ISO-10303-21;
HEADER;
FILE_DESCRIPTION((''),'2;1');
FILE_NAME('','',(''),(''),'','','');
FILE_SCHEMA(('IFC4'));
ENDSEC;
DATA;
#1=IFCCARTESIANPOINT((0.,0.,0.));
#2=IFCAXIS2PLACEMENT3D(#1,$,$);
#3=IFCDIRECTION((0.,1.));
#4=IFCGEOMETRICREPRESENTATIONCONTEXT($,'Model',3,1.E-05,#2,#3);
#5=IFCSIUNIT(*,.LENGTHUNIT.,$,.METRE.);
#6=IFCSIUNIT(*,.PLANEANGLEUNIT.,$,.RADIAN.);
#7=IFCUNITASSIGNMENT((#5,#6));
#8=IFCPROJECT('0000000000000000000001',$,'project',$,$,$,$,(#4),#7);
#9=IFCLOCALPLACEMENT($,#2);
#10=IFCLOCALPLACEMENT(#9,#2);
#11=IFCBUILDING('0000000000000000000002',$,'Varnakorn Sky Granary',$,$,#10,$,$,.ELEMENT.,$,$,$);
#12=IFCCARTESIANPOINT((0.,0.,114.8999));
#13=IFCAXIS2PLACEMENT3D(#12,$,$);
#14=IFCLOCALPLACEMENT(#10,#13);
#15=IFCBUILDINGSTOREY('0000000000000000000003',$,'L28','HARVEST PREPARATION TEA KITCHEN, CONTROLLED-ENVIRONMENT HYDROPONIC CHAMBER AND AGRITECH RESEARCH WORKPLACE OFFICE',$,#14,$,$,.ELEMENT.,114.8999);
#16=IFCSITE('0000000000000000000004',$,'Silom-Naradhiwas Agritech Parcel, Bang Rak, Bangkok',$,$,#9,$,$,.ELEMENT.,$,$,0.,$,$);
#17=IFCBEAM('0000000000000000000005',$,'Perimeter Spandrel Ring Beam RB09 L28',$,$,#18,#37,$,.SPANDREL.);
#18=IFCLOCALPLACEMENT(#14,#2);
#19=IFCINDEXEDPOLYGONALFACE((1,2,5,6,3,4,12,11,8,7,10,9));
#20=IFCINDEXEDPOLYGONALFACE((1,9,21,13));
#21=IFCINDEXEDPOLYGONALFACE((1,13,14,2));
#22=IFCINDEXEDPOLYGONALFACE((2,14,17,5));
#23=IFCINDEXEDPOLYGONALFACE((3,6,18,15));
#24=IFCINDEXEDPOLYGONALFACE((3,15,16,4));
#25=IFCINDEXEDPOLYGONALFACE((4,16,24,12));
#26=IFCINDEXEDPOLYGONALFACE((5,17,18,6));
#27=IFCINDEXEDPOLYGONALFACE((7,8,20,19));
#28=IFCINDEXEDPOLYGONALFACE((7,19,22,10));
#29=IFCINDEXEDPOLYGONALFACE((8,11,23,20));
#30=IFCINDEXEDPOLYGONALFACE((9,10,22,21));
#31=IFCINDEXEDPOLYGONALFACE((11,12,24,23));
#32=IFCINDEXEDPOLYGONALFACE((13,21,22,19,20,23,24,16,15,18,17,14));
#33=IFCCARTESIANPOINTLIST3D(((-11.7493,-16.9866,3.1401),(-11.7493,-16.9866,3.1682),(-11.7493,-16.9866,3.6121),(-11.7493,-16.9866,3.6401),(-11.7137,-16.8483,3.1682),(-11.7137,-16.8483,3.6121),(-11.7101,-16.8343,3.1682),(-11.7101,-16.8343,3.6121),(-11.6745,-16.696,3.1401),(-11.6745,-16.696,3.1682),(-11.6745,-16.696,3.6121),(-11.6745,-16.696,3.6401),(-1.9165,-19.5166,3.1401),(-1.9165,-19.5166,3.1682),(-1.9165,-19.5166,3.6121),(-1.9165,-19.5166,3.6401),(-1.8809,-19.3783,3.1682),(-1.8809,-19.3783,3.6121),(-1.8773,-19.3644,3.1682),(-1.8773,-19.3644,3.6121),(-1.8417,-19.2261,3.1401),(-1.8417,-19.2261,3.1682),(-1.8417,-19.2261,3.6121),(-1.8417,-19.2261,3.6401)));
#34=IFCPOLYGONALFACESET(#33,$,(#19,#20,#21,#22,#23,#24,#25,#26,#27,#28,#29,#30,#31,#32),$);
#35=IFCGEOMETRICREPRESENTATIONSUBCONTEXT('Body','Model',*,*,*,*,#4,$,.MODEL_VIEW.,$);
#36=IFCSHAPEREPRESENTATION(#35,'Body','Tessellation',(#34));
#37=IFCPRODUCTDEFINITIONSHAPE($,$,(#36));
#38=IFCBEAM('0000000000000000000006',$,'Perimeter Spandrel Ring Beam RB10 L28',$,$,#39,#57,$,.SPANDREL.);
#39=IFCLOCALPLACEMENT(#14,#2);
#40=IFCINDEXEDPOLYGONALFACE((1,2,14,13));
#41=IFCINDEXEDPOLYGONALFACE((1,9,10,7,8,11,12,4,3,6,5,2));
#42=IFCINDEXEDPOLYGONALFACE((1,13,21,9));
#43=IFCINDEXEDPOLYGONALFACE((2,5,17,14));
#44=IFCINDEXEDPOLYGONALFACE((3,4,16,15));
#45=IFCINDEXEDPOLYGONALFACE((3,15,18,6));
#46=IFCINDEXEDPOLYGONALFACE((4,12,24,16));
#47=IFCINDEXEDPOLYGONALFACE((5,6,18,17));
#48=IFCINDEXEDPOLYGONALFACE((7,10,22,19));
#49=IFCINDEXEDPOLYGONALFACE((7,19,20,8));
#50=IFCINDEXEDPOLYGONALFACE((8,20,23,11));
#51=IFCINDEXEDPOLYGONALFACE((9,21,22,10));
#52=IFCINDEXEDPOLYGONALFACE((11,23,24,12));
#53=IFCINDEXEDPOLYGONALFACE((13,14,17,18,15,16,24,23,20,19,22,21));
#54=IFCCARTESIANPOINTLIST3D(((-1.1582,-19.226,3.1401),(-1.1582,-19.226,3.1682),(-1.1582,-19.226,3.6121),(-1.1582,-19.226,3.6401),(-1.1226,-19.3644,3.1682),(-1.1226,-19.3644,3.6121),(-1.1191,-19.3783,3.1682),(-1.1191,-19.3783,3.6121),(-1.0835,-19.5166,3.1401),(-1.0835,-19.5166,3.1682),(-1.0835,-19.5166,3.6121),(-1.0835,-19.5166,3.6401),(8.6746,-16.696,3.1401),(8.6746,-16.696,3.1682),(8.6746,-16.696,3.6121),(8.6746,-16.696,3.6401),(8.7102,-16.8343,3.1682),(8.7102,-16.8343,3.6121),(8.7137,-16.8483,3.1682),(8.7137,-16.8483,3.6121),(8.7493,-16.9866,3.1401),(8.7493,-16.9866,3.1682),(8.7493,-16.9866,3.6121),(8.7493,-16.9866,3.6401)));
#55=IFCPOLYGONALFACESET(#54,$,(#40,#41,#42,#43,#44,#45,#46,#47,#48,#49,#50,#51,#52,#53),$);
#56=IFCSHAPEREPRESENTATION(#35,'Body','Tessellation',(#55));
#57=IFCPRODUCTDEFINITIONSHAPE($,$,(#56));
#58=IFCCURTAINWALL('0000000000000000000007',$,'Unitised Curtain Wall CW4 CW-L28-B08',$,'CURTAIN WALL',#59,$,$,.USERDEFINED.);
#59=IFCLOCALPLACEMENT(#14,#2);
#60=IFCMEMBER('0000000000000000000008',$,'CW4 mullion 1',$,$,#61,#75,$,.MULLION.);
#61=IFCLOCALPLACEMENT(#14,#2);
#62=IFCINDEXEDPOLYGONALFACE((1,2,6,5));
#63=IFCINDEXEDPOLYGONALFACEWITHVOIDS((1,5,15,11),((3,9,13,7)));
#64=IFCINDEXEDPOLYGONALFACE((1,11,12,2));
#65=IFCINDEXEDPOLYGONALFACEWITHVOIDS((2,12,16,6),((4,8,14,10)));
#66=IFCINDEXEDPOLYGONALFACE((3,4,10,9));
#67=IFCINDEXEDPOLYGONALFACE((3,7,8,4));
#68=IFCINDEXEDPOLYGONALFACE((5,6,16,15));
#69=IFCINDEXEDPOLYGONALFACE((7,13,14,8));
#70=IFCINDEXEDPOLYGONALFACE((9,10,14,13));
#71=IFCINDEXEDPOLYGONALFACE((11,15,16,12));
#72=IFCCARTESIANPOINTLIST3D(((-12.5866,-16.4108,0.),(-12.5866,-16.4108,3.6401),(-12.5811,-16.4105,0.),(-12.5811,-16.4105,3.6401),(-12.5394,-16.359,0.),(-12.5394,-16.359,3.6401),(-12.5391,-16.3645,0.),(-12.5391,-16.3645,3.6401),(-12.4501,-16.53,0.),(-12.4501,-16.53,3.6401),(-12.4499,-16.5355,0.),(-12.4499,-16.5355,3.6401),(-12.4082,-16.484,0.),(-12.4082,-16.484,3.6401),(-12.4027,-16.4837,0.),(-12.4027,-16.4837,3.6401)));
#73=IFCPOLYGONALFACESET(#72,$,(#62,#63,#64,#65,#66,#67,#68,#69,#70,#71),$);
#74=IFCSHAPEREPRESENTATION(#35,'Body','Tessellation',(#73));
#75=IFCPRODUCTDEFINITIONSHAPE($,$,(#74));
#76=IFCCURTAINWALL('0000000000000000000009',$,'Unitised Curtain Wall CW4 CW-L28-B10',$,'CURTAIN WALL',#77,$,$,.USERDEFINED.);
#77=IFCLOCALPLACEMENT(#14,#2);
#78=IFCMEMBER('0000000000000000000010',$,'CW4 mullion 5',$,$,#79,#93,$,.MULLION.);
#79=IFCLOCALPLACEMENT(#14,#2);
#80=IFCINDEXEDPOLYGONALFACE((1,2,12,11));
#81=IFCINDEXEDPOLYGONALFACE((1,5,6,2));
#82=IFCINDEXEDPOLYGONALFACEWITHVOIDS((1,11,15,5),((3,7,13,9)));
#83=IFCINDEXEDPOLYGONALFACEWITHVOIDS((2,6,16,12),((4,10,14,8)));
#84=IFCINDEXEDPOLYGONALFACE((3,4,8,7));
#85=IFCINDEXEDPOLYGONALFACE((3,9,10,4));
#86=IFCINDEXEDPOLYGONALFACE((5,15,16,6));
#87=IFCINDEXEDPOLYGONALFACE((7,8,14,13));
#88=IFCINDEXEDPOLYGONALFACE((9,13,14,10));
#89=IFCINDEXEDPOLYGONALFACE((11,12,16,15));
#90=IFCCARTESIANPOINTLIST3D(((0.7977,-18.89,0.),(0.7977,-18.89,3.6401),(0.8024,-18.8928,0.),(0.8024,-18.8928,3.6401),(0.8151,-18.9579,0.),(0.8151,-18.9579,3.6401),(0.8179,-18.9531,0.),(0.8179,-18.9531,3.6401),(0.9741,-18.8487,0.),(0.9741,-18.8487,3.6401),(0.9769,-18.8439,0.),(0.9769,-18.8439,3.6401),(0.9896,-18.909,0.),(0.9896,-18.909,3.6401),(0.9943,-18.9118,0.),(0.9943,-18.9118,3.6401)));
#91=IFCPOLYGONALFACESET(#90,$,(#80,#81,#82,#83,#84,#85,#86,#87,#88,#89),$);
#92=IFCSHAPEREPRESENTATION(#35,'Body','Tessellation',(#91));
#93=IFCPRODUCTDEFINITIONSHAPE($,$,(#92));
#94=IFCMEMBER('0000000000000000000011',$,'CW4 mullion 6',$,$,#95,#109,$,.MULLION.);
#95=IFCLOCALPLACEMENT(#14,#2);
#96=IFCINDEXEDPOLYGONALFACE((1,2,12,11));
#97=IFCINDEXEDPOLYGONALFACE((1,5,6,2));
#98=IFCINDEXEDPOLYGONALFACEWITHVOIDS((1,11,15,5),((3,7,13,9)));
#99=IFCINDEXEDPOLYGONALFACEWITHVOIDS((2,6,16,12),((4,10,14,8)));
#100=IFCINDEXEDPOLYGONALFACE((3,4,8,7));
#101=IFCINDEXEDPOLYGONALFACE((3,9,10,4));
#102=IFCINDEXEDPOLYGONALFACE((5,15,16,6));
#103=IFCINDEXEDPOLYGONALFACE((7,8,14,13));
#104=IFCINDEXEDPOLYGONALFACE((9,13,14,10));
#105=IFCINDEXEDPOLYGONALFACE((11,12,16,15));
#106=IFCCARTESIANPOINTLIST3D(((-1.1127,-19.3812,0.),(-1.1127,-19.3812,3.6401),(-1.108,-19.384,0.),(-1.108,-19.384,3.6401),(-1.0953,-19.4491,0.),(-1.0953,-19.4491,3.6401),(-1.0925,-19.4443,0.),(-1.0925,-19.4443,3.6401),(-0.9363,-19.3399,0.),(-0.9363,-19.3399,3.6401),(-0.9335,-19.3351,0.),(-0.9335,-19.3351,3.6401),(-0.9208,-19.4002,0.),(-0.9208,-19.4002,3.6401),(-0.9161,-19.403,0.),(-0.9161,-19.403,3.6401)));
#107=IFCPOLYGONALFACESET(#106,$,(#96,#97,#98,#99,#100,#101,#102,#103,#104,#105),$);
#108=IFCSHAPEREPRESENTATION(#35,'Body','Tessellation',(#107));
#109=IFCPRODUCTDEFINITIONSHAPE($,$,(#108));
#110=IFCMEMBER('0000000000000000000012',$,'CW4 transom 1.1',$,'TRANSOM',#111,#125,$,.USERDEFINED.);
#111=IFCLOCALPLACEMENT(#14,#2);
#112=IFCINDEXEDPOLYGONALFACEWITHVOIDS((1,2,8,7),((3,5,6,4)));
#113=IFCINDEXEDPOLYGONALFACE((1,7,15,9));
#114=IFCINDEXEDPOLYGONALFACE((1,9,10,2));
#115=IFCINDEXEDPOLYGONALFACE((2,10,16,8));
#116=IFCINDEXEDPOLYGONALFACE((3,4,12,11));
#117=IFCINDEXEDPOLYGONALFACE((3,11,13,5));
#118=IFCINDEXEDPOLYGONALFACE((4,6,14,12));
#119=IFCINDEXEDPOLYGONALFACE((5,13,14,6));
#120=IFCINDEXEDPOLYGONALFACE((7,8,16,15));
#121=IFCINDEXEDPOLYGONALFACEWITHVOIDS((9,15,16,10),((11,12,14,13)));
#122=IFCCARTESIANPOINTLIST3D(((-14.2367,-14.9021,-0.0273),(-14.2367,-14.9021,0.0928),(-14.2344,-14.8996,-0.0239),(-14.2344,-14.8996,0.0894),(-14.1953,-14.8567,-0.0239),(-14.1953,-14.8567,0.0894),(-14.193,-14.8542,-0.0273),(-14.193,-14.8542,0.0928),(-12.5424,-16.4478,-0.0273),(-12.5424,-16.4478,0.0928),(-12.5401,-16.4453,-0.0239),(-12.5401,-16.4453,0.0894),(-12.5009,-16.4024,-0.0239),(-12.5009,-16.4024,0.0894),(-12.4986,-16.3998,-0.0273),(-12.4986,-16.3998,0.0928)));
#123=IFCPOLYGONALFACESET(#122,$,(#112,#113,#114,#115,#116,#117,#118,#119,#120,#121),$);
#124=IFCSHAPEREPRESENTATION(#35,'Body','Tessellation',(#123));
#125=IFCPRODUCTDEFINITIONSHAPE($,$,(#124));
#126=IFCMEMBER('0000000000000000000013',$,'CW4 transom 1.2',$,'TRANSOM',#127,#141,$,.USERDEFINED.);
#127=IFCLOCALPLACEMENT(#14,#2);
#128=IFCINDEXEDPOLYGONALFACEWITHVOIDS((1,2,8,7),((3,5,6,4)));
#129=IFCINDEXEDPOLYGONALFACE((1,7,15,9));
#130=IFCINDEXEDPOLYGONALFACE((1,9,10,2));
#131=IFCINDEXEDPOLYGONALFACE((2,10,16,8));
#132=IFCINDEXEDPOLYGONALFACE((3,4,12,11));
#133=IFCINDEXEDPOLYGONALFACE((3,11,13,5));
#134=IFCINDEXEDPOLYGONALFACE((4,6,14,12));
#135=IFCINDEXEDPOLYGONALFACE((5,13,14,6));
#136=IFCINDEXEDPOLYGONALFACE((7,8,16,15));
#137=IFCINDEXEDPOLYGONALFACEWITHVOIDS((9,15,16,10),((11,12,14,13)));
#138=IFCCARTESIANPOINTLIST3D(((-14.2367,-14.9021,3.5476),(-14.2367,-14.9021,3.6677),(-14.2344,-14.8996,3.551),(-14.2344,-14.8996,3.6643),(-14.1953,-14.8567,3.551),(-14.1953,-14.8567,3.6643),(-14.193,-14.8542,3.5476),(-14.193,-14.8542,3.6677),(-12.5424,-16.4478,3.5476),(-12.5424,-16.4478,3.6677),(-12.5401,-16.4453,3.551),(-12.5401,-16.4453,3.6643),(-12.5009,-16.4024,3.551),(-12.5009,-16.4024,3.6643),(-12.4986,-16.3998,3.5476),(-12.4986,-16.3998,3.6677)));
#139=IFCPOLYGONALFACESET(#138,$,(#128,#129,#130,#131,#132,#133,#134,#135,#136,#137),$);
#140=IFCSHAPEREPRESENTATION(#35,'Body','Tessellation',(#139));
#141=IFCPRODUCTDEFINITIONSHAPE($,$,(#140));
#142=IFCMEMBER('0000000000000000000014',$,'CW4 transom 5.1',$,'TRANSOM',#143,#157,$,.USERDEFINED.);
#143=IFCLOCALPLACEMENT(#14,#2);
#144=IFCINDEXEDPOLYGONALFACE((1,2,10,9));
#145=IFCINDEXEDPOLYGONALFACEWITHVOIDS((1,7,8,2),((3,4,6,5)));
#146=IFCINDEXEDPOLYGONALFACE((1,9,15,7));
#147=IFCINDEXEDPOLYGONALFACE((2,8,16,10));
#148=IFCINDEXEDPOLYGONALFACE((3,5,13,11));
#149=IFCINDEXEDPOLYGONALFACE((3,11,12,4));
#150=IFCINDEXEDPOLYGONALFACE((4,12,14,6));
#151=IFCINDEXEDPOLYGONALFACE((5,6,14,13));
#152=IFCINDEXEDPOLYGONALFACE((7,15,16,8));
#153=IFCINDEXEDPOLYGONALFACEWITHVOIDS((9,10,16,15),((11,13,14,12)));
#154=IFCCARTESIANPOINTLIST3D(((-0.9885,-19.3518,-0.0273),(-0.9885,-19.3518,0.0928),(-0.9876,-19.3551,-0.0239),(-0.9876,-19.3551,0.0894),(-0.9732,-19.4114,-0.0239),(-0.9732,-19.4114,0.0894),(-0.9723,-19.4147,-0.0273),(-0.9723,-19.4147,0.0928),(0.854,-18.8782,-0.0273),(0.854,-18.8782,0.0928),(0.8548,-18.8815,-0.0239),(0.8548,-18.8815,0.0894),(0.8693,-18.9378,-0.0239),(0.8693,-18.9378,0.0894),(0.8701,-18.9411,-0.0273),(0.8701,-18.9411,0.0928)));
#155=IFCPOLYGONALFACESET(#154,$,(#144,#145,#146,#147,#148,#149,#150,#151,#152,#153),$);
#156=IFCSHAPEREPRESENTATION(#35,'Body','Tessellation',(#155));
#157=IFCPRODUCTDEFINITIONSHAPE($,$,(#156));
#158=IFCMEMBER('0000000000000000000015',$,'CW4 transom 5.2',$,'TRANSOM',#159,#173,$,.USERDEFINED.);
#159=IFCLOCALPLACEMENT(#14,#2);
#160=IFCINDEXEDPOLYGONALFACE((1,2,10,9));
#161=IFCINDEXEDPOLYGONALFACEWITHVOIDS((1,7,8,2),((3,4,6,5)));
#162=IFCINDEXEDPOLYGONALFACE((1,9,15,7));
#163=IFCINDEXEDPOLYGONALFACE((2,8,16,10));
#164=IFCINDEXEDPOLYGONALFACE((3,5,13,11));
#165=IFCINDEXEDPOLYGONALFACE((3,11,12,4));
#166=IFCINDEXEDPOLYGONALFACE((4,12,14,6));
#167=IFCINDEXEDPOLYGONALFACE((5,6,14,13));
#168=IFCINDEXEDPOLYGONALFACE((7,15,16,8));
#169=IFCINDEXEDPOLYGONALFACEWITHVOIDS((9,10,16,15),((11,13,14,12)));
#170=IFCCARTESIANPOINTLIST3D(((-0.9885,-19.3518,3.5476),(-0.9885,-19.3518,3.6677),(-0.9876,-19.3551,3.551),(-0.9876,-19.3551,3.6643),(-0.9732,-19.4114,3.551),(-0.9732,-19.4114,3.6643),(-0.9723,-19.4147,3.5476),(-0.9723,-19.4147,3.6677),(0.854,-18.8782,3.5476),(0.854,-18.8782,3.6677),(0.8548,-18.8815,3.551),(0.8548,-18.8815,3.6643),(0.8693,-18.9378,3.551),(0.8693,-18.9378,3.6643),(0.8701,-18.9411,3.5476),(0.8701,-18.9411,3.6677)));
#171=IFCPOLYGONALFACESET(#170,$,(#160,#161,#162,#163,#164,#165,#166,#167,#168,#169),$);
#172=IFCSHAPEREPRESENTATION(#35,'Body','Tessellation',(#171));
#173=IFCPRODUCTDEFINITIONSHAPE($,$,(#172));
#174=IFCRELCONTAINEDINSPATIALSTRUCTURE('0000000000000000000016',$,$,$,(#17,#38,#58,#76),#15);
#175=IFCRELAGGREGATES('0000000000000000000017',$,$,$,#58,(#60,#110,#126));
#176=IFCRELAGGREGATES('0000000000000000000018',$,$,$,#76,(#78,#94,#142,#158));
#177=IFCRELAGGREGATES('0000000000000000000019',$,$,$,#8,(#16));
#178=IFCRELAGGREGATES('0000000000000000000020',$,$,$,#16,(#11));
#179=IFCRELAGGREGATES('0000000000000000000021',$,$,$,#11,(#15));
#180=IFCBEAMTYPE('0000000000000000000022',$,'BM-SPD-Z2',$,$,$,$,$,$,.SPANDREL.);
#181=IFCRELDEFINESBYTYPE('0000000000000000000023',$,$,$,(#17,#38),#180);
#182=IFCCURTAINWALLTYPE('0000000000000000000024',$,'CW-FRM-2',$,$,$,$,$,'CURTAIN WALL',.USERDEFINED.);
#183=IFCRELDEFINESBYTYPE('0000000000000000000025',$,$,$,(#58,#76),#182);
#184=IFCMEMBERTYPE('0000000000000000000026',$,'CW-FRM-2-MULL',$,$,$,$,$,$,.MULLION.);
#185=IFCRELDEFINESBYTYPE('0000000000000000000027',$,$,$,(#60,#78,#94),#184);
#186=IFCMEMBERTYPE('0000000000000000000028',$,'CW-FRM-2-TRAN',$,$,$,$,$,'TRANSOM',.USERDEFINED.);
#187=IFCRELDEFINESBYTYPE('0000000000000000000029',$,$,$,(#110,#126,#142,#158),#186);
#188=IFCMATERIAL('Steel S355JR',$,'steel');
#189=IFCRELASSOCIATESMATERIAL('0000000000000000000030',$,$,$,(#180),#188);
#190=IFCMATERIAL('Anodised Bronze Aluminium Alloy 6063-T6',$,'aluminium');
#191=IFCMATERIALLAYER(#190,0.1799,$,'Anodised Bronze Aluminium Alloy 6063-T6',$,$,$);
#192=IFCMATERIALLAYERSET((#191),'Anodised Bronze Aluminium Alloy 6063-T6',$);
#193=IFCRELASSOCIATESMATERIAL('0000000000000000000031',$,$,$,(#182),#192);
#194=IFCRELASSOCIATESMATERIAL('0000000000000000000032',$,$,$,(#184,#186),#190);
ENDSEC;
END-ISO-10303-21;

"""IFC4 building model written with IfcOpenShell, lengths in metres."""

from ifc_helpers import new_model, si_unit, direction, frame, origin, origin_2d, place, context, subcontext, project, spatial, hollow_rectangle, i_section, extrude, material, layer, layer_set, material_profile, profile_set, type_object, element, aggregate, save


model = new_model("IFC4")

# Units and contexts
model_context = context("Model", 3, precision=1e-05, world=origin(), true_north=direction((0.0, 1.0)))
body_context = subcontext(model_context, "Body", "Model", "MODEL_VIEW")
ifc_project = project(units=[si_unit("LENGTHUNIT", "METRE"), si_unit("PLANEANGLEUNIT", "RADIAN")], contexts=[model_context])

# Site, building, storey
site_placement = place(None, origin())
site = spatial("IfcSite", under=ifc_project, at=site_placement, Name="Silom-Naradhiwas Agritech Parcel, Bang Rak, Bangkok", CompositionType="ELEMENT", RefElevation=0.0)
building_placement = place(site_placement, origin())
building = spatial("IfcBuilding", under=site, at=building_placement, Name="Varnakorn Sky Granary", CompositionType="ELEMENT")
storey_placement = place(building_placement, frame((0.0, 0.0, 114.8999)))
storey = spatial("IfcBuildingStorey", under=building, at=storey_placement, Name="L28", Description="HARVEST PREPARATION TEA KITCHEN, CONTROLLED-ENVIRONMENT HYDROPONIC CHAMBER AND AGRITECH RESEARCH WORKPLACE OFFICE", CompositionType="ELEMENT", Elevation=114.8999)

# Beams
ifc_material_1 = material(Name="Steel S355JR", Category="steel")
ifc_material_profile_1 = material_profile(ifc_material_1, i_section(OverallWidth=0.3, OverallDepth=0.5, WebThickness=0.0144, FlangeThickness=0.0281, at=origin_2d()), Name="HE 500 B")
ifc_profile_set_1 = profile_set([ifc_material_profile_1], Name="Steel S355JR")
beam_type_1 = type_object("IfcBeamType", Name="BM-SPD-Z2", PredefinedType="SPANDREL", material=ifc_profile_set_1)
for number, where, z_axis, x_axis, name in (
    (1, (-11.7119, -16.8413, 3.3901), (0.968455, -0.249189, 0.0), (0.249189, 0.968455, 0.0), "Perimeter Spandrel Ring Beam RB09 L28"),
    (2, (-1.1208, -19.3713, 3.3901), (0.968455, 0.249189, 0.0), (-0.249189, 0.968455, 0.0), "Perimeter Spandrel Ring Beam RB10 L28"),
):
    element("IfcBeam", number, at=place(storey_placement, frame(where, z_axis=z_axis, x_axis=x_axis)), inside=storey, type_object=beam_type_1, Name=name, PredefinedType="SPANDREL", context=body_context, shape_type="SweptSolid", body=[
        extrude(i_section(OverallWidth=0.3, OverallDepth=0.5, WebThickness=0.0144, FlangeThickness=0.0281, at=origin_2d()), origin(), (0.0, 0.0, 1.0), 10.1531),
    ])

# Curtain wall, member
ifc_material_2 = material(Name="Anodised Bronze Aluminium Alloy 6063-T6", Category="aluminium")
ifc_layer_1 = layer(ifc_material_2, 0.1799, Name="Anodised Bronze Aluminium Alloy 6063-T6")
ifc_layer_set_1 = layer_set([ifc_layer_1], Name="Anodised Bronze Aluminium Alloy 6063-T6")
curtain_wall_type = type_object("IfcCurtainWallType", Name="CW-FRM-2", ElementType="CURTAIN WALL", PredefinedType="USERDEFINED", material=ifc_layer_set_1)
curtain_wall_1_placement = place(storey_placement, origin())
curtain_wall_1 = element("IfcCurtainWall", 3, at=curtain_wall_1_placement, inside=storey, type_object=curtain_wall_type, Name="Unitised Curtain Wall CW4 CW-L28-B08", ObjectType="CURTAIN WALL", PredefinedType="USERDEFINED")
ifc_material_profile_2 = material_profile(ifc_material_2, hollow_rectangle(XDim=0.0701, YDim=0.1851, WallThickness=0.0039, at=origin_2d()), Name="ALU MULL 70x185")
ifc_profile_set_2 = profile_set([ifc_material_profile_2], Name="Anodised Bronze Aluminium Alloy 6063-T6")
member_type_1 = type_object("IfcMemberType", Name="CW-FRM-2-MULL", PredefinedType="MULLION", material=ifc_profile_set_2)
member_1_placement = place(storey_placement, frame((-12.4946, -16.4473, 0.0), z_axis=(0.0, 0.0, 1.0), x_axis=(-0.673925, -0.7388, 0.0)))
member_1 = element("IfcMember", 4, at=member_1_placement, type_object=member_type_1, Name="CW4 mullion 1", PredefinedType="MULLION", context=body_context, shape_type="SweptSolid", body=[
    extrude(hollow_rectangle(XDim=0.0701, YDim=0.1851, WallThickness=0.0039, at=origin_2d()), origin(), (0.0, 0.0, 1.0), 3.6401),
])

# Curtain wall, members
curtain_wall_2_placement = place(storey_placement, origin())
curtain_wall_2 = element("IfcCurtainWall", 5, at=curtain_wall_2_placement, inside=storey, type_object=curtain_wall_type, Name="Unitised Curtain Wall CW4 CW-L28-B10", ObjectType="CURTAIN WALL", PredefinedType="USERDEFINED")
member_2_placement = place(storey_placement, frame((0.896, -18.9009, 0.0), z_axis=(0.0, 0.0, 1.0), x_axis=(0.249019, -0.968498, 0.0)))
member_2 = element("IfcMember", 6, at=member_2_placement, type_object=member_type_1, Name="CW4 mullion 5", PredefinedType="MULLION", context=body_context, shape_type="SweptSolid", body=[
    extrude(hollow_rectangle(XDim=0.0701, YDim=0.1851, WallThickness=0.0039, at=origin_2d()), origin(), (0.0, 0.0, 1.0), 3.6401),
])
member_3_placement = place(storey_placement, frame((-1.0144, -19.3921, 0.0), z_axis=(0.0, 0.0, 1.0), x_axis=(0.249019, -0.968498, 0.0)))
member_3 = element("IfcMember", 7, at=member_3_placement, type_object=member_type_1, Name="CW4 mullion 6", PredefinedType="MULLION", context=body_context, shape_type="SweptSolid", body=[
    extrude(hollow_rectangle(XDim=0.0701, YDim=0.1851, WallThickness=0.0039, at=origin_2d()), origin(), (0.0, 0.0, 1.0), 3.6401),
])

# Members
ifc_material_profile_3 = material_profile(ifc_material_2, hollow_rectangle(XDim=0.0649, YDim=0.1201, WallThickness=0.0034, at=origin_2d()), Name="ALU TRAN 65x120")
ifc_profile_set_3 = profile_set([ifc_material_profile_3], Name="Anodised Bronze Aluminium Alloy 6063-T6")
member_type_2 = type_object("IfcMemberType", Name="CW-FRM-2-TRAN", ElementType="TRANSOM", PredefinedType="USERDEFINED", material=ifc_profile_set_3)
member_4_placement = place(storey_placement, frame((-12.5205, -16.4238, 0.0327), z_axis=(-0.738778, 0.673949, 0.0), x_axis=(-0.673949, -0.738778, 0.0)))
member_4 = element("IfcMember", 8, at=member_4_placement, type_object=member_type_2, Name="CW4 transom 1.1", ObjectType="TRANSOM", PredefinedType="USERDEFINED", context=body_context, shape_type="SweptSolid", body=[
    extrude(hollow_rectangle(XDim=0.0649, YDim=0.1201, WallThickness=0.0034, at=origin_2d()), origin(), (0.0, 0.0, 1.0), 2.2935),
])
member_5_placement = place(storey_placement, frame((-12.5205, -16.4238, 3.6077), z_axis=(-0.738778, 0.673949, 0.0), x_axis=(-0.673949, -0.738778, 0.0)))
member_5 = element("IfcMember", 9, at=member_5_placement, type_object=member_type_2, Name="CW4 transom 1.2", ObjectType="TRANSOM", PredefinedType="USERDEFINED", context=body_context, shape_type="SweptSolid", body=[
    extrude(hollow_rectangle(XDim=0.0649, YDim=0.1201, WallThickness=0.0034, at=origin_2d()), origin(), (0.0, 0.0, 1.0), 2.2935),
])
aggregate(curtain_wall_1, [member_1, member_4, member_5])
member_6_placement = place(storey_placement, frame((0.8621, -18.9097, 0.0327), z_axis=(-0.968513, -0.248962, 0.0), x_axis=(0.248962, -0.968513, 0.0)))
member_6 = element("IfcMember", 10, at=member_6_placement, type_object=member_type_2, Name="CW4 transom 5.1", ObjectType="TRANSOM", PredefinedType="USERDEFINED", context=body_context, shape_type="SweptSolid", body=[
    extrude(hollow_rectangle(XDim=0.0649, YDim=0.1201, WallThickness=0.0034, at=origin_2d()), origin(), (0.0, 0.0, 1.0), 1.9023),
])
member_7_placement = place(storey_placement, frame((0.8621, -18.9097, 3.6077), z_axis=(-0.968513, -0.248962, 0.0), x_axis=(0.248962, -0.968513, 0.0)))
member_7 = element("IfcMember", 11, at=member_7_placement, type_object=member_type_2, Name="CW4 transom 5.2", ObjectType="TRANSOM", PredefinedType="USERDEFINED", context=body_context, shape_type="SweptSolid", body=[
    extrude(hollow_rectangle(XDim=0.0649, YDim=0.1201, WallThickness=0.0034, at=origin_2d()), origin(), (0.0, 0.0, 1.0), 1.9023),
])

aggregate(curtain_wall_2, [member_2, member_3, member_6, member_7])

save(model, "model.ifc")
